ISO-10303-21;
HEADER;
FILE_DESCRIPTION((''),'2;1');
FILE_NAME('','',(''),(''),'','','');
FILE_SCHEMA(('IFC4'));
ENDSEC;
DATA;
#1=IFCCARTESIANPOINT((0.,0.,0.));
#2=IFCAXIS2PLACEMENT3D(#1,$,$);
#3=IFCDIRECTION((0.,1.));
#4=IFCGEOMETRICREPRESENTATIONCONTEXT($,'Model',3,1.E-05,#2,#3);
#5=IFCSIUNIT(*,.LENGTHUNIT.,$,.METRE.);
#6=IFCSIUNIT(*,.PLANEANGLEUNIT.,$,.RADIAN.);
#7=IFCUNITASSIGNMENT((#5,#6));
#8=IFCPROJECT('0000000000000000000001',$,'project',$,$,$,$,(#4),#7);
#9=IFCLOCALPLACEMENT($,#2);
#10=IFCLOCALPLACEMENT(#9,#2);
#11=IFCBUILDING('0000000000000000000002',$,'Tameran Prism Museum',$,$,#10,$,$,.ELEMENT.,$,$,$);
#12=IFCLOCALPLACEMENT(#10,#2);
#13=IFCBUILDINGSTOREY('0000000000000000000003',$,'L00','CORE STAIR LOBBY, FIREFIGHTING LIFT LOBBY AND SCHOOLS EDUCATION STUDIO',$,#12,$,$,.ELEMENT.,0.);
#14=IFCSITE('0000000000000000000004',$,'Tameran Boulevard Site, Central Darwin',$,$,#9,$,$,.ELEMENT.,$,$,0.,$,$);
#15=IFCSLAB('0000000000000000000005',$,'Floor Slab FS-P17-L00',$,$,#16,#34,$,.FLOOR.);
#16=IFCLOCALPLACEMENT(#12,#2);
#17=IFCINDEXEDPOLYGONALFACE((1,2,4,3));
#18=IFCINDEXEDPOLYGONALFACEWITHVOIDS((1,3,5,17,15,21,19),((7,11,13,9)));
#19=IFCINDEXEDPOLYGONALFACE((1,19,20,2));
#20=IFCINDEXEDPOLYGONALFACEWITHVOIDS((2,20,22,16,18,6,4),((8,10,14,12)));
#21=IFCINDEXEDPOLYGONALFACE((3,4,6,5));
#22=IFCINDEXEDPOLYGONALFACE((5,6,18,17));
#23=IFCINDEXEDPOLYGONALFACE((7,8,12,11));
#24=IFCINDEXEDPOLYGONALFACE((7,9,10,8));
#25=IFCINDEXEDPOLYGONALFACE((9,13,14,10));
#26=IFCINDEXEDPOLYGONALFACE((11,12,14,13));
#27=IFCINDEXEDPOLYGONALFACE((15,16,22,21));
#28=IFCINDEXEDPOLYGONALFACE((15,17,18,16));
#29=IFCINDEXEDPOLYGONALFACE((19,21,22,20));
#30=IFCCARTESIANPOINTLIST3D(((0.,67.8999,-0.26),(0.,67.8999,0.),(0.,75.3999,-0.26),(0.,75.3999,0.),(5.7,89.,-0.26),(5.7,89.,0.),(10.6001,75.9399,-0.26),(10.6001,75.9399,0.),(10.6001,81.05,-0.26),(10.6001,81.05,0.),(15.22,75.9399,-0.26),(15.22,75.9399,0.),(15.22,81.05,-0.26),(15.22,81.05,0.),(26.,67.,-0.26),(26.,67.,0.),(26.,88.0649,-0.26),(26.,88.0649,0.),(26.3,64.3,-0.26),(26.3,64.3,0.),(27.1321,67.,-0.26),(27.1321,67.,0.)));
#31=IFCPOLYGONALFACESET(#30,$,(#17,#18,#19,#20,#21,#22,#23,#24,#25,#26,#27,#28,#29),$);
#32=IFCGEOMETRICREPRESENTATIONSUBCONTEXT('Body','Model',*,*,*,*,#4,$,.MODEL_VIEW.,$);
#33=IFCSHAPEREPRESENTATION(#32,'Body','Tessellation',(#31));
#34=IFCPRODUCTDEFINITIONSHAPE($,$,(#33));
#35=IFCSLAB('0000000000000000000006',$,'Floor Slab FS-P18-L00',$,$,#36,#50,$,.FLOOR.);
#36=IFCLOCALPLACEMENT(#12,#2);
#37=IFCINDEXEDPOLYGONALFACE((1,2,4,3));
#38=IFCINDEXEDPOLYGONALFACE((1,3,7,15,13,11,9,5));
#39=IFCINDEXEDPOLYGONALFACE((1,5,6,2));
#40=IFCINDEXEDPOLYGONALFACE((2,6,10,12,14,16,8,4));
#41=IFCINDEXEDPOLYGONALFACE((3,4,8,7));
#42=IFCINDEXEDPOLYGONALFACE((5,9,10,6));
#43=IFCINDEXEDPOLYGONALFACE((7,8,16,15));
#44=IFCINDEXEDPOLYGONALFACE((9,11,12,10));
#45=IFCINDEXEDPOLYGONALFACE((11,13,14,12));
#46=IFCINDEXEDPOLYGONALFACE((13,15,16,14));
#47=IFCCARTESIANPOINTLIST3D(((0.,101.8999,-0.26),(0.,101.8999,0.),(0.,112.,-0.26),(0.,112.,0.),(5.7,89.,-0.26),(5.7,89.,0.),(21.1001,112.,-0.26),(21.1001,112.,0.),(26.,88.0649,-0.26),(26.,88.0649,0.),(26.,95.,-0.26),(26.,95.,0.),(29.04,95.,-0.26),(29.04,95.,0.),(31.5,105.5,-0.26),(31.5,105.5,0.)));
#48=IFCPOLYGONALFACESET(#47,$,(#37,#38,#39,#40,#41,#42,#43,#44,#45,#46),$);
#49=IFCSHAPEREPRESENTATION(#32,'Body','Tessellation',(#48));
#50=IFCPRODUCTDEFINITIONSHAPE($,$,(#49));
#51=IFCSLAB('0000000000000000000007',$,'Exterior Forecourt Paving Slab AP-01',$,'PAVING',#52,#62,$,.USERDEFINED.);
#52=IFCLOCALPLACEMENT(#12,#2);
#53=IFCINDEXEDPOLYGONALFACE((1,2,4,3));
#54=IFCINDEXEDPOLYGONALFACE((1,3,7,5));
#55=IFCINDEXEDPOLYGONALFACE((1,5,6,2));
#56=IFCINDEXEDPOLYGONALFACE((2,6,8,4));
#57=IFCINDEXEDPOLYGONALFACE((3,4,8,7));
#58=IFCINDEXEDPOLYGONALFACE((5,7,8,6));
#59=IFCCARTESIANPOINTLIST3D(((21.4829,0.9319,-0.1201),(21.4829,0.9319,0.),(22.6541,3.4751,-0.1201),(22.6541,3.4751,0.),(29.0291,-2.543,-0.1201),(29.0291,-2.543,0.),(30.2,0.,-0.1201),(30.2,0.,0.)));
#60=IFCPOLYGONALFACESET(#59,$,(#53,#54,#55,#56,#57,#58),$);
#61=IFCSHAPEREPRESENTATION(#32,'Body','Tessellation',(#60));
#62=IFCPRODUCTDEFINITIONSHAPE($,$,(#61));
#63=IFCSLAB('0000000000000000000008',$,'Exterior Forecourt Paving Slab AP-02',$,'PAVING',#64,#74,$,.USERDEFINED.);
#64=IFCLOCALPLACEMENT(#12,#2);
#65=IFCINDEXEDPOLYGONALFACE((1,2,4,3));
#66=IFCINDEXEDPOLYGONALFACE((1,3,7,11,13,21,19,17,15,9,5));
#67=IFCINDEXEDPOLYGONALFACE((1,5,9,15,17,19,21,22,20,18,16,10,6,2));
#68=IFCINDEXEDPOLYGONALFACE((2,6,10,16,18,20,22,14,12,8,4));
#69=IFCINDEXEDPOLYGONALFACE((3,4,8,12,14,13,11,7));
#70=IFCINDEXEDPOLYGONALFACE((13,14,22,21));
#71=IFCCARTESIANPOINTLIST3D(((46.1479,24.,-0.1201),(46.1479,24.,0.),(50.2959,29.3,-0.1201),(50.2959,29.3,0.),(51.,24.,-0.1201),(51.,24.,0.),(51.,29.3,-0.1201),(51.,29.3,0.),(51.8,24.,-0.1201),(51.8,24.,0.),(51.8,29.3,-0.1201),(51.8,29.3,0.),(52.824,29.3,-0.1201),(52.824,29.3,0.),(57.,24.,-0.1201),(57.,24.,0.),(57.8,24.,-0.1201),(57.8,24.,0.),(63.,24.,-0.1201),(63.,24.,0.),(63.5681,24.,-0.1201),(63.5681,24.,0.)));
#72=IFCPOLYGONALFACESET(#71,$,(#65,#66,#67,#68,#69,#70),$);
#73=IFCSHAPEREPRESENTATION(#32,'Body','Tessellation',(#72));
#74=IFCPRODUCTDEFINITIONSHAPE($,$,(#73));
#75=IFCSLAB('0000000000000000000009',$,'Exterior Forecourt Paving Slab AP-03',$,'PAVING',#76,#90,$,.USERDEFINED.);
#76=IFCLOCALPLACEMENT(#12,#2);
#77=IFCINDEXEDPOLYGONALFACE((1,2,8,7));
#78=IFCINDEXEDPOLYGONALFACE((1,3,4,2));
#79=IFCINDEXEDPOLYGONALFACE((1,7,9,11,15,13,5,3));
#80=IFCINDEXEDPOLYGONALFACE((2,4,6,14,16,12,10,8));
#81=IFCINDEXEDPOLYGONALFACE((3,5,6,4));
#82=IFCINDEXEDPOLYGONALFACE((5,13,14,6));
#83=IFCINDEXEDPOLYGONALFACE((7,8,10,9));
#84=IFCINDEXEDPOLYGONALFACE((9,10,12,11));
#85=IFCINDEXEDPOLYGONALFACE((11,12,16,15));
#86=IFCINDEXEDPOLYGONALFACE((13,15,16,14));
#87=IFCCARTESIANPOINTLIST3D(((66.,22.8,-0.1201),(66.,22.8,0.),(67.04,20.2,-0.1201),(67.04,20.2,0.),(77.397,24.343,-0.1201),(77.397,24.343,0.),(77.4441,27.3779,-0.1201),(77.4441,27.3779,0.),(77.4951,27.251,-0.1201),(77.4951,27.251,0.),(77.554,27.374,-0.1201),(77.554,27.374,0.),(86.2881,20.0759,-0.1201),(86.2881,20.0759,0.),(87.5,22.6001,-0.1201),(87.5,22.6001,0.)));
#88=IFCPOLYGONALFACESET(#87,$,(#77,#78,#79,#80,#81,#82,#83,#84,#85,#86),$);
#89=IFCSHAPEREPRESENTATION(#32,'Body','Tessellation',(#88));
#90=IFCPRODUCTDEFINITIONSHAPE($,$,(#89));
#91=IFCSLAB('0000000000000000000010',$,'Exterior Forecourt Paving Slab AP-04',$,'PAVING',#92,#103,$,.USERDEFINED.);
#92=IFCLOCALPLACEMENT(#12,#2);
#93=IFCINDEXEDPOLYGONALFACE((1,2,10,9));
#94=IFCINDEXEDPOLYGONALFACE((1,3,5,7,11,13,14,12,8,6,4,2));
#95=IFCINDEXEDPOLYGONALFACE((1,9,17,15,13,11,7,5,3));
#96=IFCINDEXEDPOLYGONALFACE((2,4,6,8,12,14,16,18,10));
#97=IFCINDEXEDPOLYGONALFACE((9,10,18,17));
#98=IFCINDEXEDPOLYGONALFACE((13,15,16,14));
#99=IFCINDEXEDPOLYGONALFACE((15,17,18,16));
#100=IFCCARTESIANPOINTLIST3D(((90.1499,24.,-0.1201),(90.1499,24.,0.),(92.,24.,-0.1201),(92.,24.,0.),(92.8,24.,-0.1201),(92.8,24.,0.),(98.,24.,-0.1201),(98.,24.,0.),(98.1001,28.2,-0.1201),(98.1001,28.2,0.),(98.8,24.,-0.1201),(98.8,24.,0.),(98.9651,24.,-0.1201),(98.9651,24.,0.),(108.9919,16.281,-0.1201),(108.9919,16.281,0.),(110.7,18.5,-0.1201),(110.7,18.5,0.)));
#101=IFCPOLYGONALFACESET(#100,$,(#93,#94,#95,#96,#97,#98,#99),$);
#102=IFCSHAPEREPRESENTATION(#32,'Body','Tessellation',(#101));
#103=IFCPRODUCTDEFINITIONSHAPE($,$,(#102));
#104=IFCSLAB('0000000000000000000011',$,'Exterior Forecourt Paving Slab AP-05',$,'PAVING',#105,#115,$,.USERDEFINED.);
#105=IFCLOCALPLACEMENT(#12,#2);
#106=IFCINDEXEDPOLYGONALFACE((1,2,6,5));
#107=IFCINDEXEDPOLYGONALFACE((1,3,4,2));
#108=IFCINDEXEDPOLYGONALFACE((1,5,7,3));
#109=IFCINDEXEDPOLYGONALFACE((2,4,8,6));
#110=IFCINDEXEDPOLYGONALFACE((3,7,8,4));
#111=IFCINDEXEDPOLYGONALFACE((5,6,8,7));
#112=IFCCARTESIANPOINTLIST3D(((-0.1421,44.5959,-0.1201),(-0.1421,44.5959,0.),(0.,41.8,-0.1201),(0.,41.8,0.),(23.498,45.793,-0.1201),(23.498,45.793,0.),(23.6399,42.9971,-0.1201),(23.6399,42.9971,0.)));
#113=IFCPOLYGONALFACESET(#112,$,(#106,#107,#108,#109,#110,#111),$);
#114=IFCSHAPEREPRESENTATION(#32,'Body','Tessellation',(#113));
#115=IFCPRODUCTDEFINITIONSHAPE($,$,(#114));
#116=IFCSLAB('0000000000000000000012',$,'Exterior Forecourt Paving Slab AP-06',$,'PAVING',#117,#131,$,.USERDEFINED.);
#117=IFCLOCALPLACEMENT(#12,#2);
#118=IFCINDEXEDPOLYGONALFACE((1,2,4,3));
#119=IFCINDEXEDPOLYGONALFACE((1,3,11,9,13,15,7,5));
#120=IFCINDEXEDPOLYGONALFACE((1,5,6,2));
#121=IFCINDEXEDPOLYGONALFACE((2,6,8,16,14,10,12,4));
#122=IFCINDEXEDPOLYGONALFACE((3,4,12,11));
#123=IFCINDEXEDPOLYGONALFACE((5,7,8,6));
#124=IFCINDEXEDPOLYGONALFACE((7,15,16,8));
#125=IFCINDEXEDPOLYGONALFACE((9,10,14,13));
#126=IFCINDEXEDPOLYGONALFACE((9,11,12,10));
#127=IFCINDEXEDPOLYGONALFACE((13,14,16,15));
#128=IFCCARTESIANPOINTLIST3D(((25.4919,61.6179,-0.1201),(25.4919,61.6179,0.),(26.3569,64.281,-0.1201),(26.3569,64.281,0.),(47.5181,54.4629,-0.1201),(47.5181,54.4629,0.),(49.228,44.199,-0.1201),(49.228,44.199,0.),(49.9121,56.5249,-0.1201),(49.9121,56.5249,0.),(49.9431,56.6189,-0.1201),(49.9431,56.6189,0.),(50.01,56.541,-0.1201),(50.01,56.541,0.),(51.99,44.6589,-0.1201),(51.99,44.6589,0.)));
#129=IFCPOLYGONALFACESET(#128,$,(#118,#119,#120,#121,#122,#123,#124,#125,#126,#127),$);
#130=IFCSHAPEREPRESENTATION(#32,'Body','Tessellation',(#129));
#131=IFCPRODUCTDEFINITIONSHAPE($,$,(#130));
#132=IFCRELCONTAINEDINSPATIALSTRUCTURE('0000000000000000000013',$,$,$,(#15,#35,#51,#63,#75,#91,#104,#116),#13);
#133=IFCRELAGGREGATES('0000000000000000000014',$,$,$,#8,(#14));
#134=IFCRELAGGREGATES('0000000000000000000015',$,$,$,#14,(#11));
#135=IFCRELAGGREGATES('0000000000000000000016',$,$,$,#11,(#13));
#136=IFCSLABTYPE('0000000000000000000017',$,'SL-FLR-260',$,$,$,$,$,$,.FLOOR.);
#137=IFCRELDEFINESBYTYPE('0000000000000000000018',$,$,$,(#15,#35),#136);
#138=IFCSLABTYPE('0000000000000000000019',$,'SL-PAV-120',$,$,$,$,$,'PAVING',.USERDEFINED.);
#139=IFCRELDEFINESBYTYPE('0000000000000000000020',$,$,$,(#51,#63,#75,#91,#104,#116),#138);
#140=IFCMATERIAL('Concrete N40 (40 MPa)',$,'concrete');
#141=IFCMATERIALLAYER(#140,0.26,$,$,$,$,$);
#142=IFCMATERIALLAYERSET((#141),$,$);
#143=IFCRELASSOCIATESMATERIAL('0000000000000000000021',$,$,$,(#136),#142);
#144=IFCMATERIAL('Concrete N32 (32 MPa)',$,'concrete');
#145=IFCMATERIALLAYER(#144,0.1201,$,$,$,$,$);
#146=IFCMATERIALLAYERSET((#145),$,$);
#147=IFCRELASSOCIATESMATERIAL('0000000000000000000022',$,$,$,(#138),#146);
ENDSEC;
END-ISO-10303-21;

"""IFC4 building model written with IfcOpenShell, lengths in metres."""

from ifc_helpers import new_model, si_unit, direction, frame, origin, place, context, subcontext, project, spatial, polyline, outline, extrude, material, layer, layer_set, type_object, element, save


model = new_model("IFC4")

# Units and contexts
model_context = context("Model", 3, precision=1e-05, world=origin(), true_north=direction((0.0, 1.0)))
body_context = subcontext(model_context, "Body", "Model", "MODEL_VIEW")
ifc_project = project(units=[si_unit("LENGTHUNIT", "METRE"), si_unit("PLANEANGLEUNIT", "RADIAN")], contexts=[model_context])

# Site, building, storey
site_placement = place(None, origin())
site = spatial("IfcSite", under=ifc_project, at=site_placement, Name="Tameran Boulevard Site, Central Darwin", CompositionType="ELEMENT", RefElevation=0.0)
building_placement = place(site_placement, origin())
building = spatial("IfcBuilding", under=site, at=building_placement, Name="Tameran Prism Museum", CompositionType="ELEMENT")
storey_placement = place(building_placement, origin())
storey = spatial("IfcBuildingStorey", under=building, at=storey_placement, Name="L00", Description="CORE STAIR LOBBY, FIREFIGHTING LIFT LOBBY AND SCHOOLS EDUCATION STUDIO", CompositionType="ELEMENT", Elevation=0.0)

# Slabs
ifc_material_1 = material(Name="Concrete N40 (40 MPa)", Category="concrete")
ifc_layer_1 = layer(ifc_material_1, 0.26)
ifc_layer_set_1 = layer_set([ifc_layer_1])
slab_type_1 = type_object("IfcSlabType", Name="SL-FLR-260", PredefinedType="FLOOR", material=ifc_layer_set_1)
slab_1_placement = place(storey_placement, frame((0.0, 0.0, -0.26)))
element("IfcSlab", 1, at=slab_1_placement, inside=storey, type_object=slab_type_1, Name="Floor Slab FS-P17-L00", PredefinedType="FLOOR", context=body_context, shape_type="SweptSolid", body=[
    extrude(outline(polyline([(26.3, 64.3), (0.0, 67.8999), (0.0, 75.3999), (5.7, 89.0), (26.0, 88.0649), (26.0, 67.0), (27.1321, 67.0), (26.3, 64.3)]), holes=[polyline([(15.22, 75.9399), (15.22, 81.05), (10.6001, 81.05), (10.6001, 75.9399), (15.22, 75.9399)])]), origin(), (0.0, 0.0, 1.0), 0.26),
])
slab_2_placement = place(storey_placement, frame((0.0, 0.0, -0.26)))
element("IfcSlab", 2, at=slab_2_placement, inside=storey, type_object=slab_type_1, Name="Floor Slab FS-P18-L00", PredefinedType="FLOOR", context=body_context, shape_type="SweptSolid", body=[
    extrude(outline(polyline([(5.7, 89.0), (0.0, 101.8999), (0.0, 112.0), (21.1001, 112.0), (31.5, 105.5), (29.04, 95.0), (26.0, 95.0), (26.0, 88.0649), (5.7, 89.0)])), origin(), (0.0, 0.0, 1.0), 0.26),
])
ifc_material_2 = material(Name="Concrete N32 (32 MPa)", Category="concrete")
ifc_layer_2 = layer(ifc_material_2, 0.1201)
ifc_layer_set_2 = layer_set([ifc_layer_2])
slab_type_2 = type_object("IfcSlabType", Name="SL-PAV-120", ElementType="PAVING", PredefinedType="USERDEFINED", material=ifc_layer_set_2)
slab_3_placement = place(storey_placement, frame((0.0, 0.0, -0.1201)))
element("IfcSlab", 3, at=slab_3_placement, inside=storey, type_object=slab_type_2, Name="Exterior Forecourt Paving Slab AP-01", ObjectType="PAVING", PredefinedType="USERDEFINED", context=body_context, shape_type="SweptSolid", body=[
    extrude(outline(polyline([(22.6541, 3.4751), (30.2, 0.0), (29.0291, -2.543), (21.4829, 0.9319), (22.6541, 3.4751)])), origin(), (0.0, 0.0, 1.0), 0.1201),
])
slab_4_placement = place(storey_placement, frame((0.0, 0.0, -0.1201)))
element("IfcSlab", 4, at=slab_4_placement, inside=storey, type_object=slab_type_2, Name="Exterior Forecourt Paving Slab AP-02", ObjectType="PAVING", PredefinedType="USERDEFINED", context=body_context, shape_type="SweptSolid", body=[
    extrude(outline(polyline([(63.0, 24.0), (57.8, 24.0), (57.0, 24.0), (51.8, 24.0), (51.0, 24.0), (46.1479, 24.0), (50.2959, 29.3), (51.0, 29.3), (51.8, 29.3), (52.824, 29.3), (63.5681, 24.0), (63.0, 24.0)])), origin(), (0.0, 0.0, 1.0), 0.1201),
])
slab_5_placement = place(storey_placement, frame((0.0, 0.0, -0.1201)))
element("IfcSlab", 5, at=slab_5_placement, inside=storey, type_object=slab_type_2, Name="Exterior Forecourt Paving Slab AP-03", ObjectType="PAVING", PredefinedType="USERDEFINED", context=body_context, shape_type="SweptSolid", body=[
    extrude(outline(polyline([(77.4951, 27.251), (77.554, 27.374), (87.5, 22.6001), (86.2881, 20.0759), (77.397, 24.343), (67.04, 20.2), (66.0, 22.8), (77.4441, 27.3779), (77.4951, 27.251)])), origin(), (0.0, 0.0, 1.0), 0.1201),
])
slab_6_placement = place(storey_placement, frame((0.0, 0.0, -0.1201)))
element("IfcSlab", 6, at=slab_6_placement, inside=storey, type_object=slab_type_2, Name="Exterior Forecourt Paving Slab AP-04", ObjectType="PAVING", PredefinedType="USERDEFINED", context=body_context, shape_type="SweptSolid", body=[
    extrude(outline(polyline([(108.9919, 16.281), (98.9651, 24.0), (98.8, 24.0), (98.0, 24.0), (92.8, 24.0), (92.0, 24.0), (90.1499, 24.0), (98.1001, 28.2), (110.7, 18.5), (108.9919, 16.281)])), origin(), (0.0, 0.0, 1.0), 0.1201),
])
slab_7_placement = place(storey_placement, frame((0.0, 0.0, -0.1201)))
element("IfcSlab", 7, at=slab_7_placement, inside=storey, type_object=slab_type_2, Name="Exterior Forecourt Paving Slab AP-05", ObjectType="PAVING", PredefinedType="USERDEFINED", context=body_context, shape_type="SweptSolid", body=[
    extrude(outline(polyline([(-0.1421, 44.5959), (23.498, 45.793), (23.6399, 42.9971), (0.0, 41.8), (-0.1421, 44.5959)])), origin(), (0.0, 0.0, 1.0), 0.1201),
])
slab_8_placement = place(storey_placement, frame((0.0, 0.0, -0.1201)))
element("IfcSlab", 8, at=slab_8_placement, inside=storey, type_object=slab_type_2, Name="Exterior Forecourt Paving Slab AP-06", ObjectType="PAVING", PredefinedType="USERDEFINED", context=body_context, shape_type="SweptSolid", body=[
    extrude(outline(polyline([(26.3569, 64.281), (49.9431, 56.6189), (49.9121, 56.5249), (50.01, 56.541), (51.99, 44.6589), (49.228, 44.199), (47.5181, 54.4629), (25.4919, 61.6179), (26.3569, 64.281)])), origin(), (0.0, 0.0, 1.0), 0.1201),
])

save(model, "model.ifc")
